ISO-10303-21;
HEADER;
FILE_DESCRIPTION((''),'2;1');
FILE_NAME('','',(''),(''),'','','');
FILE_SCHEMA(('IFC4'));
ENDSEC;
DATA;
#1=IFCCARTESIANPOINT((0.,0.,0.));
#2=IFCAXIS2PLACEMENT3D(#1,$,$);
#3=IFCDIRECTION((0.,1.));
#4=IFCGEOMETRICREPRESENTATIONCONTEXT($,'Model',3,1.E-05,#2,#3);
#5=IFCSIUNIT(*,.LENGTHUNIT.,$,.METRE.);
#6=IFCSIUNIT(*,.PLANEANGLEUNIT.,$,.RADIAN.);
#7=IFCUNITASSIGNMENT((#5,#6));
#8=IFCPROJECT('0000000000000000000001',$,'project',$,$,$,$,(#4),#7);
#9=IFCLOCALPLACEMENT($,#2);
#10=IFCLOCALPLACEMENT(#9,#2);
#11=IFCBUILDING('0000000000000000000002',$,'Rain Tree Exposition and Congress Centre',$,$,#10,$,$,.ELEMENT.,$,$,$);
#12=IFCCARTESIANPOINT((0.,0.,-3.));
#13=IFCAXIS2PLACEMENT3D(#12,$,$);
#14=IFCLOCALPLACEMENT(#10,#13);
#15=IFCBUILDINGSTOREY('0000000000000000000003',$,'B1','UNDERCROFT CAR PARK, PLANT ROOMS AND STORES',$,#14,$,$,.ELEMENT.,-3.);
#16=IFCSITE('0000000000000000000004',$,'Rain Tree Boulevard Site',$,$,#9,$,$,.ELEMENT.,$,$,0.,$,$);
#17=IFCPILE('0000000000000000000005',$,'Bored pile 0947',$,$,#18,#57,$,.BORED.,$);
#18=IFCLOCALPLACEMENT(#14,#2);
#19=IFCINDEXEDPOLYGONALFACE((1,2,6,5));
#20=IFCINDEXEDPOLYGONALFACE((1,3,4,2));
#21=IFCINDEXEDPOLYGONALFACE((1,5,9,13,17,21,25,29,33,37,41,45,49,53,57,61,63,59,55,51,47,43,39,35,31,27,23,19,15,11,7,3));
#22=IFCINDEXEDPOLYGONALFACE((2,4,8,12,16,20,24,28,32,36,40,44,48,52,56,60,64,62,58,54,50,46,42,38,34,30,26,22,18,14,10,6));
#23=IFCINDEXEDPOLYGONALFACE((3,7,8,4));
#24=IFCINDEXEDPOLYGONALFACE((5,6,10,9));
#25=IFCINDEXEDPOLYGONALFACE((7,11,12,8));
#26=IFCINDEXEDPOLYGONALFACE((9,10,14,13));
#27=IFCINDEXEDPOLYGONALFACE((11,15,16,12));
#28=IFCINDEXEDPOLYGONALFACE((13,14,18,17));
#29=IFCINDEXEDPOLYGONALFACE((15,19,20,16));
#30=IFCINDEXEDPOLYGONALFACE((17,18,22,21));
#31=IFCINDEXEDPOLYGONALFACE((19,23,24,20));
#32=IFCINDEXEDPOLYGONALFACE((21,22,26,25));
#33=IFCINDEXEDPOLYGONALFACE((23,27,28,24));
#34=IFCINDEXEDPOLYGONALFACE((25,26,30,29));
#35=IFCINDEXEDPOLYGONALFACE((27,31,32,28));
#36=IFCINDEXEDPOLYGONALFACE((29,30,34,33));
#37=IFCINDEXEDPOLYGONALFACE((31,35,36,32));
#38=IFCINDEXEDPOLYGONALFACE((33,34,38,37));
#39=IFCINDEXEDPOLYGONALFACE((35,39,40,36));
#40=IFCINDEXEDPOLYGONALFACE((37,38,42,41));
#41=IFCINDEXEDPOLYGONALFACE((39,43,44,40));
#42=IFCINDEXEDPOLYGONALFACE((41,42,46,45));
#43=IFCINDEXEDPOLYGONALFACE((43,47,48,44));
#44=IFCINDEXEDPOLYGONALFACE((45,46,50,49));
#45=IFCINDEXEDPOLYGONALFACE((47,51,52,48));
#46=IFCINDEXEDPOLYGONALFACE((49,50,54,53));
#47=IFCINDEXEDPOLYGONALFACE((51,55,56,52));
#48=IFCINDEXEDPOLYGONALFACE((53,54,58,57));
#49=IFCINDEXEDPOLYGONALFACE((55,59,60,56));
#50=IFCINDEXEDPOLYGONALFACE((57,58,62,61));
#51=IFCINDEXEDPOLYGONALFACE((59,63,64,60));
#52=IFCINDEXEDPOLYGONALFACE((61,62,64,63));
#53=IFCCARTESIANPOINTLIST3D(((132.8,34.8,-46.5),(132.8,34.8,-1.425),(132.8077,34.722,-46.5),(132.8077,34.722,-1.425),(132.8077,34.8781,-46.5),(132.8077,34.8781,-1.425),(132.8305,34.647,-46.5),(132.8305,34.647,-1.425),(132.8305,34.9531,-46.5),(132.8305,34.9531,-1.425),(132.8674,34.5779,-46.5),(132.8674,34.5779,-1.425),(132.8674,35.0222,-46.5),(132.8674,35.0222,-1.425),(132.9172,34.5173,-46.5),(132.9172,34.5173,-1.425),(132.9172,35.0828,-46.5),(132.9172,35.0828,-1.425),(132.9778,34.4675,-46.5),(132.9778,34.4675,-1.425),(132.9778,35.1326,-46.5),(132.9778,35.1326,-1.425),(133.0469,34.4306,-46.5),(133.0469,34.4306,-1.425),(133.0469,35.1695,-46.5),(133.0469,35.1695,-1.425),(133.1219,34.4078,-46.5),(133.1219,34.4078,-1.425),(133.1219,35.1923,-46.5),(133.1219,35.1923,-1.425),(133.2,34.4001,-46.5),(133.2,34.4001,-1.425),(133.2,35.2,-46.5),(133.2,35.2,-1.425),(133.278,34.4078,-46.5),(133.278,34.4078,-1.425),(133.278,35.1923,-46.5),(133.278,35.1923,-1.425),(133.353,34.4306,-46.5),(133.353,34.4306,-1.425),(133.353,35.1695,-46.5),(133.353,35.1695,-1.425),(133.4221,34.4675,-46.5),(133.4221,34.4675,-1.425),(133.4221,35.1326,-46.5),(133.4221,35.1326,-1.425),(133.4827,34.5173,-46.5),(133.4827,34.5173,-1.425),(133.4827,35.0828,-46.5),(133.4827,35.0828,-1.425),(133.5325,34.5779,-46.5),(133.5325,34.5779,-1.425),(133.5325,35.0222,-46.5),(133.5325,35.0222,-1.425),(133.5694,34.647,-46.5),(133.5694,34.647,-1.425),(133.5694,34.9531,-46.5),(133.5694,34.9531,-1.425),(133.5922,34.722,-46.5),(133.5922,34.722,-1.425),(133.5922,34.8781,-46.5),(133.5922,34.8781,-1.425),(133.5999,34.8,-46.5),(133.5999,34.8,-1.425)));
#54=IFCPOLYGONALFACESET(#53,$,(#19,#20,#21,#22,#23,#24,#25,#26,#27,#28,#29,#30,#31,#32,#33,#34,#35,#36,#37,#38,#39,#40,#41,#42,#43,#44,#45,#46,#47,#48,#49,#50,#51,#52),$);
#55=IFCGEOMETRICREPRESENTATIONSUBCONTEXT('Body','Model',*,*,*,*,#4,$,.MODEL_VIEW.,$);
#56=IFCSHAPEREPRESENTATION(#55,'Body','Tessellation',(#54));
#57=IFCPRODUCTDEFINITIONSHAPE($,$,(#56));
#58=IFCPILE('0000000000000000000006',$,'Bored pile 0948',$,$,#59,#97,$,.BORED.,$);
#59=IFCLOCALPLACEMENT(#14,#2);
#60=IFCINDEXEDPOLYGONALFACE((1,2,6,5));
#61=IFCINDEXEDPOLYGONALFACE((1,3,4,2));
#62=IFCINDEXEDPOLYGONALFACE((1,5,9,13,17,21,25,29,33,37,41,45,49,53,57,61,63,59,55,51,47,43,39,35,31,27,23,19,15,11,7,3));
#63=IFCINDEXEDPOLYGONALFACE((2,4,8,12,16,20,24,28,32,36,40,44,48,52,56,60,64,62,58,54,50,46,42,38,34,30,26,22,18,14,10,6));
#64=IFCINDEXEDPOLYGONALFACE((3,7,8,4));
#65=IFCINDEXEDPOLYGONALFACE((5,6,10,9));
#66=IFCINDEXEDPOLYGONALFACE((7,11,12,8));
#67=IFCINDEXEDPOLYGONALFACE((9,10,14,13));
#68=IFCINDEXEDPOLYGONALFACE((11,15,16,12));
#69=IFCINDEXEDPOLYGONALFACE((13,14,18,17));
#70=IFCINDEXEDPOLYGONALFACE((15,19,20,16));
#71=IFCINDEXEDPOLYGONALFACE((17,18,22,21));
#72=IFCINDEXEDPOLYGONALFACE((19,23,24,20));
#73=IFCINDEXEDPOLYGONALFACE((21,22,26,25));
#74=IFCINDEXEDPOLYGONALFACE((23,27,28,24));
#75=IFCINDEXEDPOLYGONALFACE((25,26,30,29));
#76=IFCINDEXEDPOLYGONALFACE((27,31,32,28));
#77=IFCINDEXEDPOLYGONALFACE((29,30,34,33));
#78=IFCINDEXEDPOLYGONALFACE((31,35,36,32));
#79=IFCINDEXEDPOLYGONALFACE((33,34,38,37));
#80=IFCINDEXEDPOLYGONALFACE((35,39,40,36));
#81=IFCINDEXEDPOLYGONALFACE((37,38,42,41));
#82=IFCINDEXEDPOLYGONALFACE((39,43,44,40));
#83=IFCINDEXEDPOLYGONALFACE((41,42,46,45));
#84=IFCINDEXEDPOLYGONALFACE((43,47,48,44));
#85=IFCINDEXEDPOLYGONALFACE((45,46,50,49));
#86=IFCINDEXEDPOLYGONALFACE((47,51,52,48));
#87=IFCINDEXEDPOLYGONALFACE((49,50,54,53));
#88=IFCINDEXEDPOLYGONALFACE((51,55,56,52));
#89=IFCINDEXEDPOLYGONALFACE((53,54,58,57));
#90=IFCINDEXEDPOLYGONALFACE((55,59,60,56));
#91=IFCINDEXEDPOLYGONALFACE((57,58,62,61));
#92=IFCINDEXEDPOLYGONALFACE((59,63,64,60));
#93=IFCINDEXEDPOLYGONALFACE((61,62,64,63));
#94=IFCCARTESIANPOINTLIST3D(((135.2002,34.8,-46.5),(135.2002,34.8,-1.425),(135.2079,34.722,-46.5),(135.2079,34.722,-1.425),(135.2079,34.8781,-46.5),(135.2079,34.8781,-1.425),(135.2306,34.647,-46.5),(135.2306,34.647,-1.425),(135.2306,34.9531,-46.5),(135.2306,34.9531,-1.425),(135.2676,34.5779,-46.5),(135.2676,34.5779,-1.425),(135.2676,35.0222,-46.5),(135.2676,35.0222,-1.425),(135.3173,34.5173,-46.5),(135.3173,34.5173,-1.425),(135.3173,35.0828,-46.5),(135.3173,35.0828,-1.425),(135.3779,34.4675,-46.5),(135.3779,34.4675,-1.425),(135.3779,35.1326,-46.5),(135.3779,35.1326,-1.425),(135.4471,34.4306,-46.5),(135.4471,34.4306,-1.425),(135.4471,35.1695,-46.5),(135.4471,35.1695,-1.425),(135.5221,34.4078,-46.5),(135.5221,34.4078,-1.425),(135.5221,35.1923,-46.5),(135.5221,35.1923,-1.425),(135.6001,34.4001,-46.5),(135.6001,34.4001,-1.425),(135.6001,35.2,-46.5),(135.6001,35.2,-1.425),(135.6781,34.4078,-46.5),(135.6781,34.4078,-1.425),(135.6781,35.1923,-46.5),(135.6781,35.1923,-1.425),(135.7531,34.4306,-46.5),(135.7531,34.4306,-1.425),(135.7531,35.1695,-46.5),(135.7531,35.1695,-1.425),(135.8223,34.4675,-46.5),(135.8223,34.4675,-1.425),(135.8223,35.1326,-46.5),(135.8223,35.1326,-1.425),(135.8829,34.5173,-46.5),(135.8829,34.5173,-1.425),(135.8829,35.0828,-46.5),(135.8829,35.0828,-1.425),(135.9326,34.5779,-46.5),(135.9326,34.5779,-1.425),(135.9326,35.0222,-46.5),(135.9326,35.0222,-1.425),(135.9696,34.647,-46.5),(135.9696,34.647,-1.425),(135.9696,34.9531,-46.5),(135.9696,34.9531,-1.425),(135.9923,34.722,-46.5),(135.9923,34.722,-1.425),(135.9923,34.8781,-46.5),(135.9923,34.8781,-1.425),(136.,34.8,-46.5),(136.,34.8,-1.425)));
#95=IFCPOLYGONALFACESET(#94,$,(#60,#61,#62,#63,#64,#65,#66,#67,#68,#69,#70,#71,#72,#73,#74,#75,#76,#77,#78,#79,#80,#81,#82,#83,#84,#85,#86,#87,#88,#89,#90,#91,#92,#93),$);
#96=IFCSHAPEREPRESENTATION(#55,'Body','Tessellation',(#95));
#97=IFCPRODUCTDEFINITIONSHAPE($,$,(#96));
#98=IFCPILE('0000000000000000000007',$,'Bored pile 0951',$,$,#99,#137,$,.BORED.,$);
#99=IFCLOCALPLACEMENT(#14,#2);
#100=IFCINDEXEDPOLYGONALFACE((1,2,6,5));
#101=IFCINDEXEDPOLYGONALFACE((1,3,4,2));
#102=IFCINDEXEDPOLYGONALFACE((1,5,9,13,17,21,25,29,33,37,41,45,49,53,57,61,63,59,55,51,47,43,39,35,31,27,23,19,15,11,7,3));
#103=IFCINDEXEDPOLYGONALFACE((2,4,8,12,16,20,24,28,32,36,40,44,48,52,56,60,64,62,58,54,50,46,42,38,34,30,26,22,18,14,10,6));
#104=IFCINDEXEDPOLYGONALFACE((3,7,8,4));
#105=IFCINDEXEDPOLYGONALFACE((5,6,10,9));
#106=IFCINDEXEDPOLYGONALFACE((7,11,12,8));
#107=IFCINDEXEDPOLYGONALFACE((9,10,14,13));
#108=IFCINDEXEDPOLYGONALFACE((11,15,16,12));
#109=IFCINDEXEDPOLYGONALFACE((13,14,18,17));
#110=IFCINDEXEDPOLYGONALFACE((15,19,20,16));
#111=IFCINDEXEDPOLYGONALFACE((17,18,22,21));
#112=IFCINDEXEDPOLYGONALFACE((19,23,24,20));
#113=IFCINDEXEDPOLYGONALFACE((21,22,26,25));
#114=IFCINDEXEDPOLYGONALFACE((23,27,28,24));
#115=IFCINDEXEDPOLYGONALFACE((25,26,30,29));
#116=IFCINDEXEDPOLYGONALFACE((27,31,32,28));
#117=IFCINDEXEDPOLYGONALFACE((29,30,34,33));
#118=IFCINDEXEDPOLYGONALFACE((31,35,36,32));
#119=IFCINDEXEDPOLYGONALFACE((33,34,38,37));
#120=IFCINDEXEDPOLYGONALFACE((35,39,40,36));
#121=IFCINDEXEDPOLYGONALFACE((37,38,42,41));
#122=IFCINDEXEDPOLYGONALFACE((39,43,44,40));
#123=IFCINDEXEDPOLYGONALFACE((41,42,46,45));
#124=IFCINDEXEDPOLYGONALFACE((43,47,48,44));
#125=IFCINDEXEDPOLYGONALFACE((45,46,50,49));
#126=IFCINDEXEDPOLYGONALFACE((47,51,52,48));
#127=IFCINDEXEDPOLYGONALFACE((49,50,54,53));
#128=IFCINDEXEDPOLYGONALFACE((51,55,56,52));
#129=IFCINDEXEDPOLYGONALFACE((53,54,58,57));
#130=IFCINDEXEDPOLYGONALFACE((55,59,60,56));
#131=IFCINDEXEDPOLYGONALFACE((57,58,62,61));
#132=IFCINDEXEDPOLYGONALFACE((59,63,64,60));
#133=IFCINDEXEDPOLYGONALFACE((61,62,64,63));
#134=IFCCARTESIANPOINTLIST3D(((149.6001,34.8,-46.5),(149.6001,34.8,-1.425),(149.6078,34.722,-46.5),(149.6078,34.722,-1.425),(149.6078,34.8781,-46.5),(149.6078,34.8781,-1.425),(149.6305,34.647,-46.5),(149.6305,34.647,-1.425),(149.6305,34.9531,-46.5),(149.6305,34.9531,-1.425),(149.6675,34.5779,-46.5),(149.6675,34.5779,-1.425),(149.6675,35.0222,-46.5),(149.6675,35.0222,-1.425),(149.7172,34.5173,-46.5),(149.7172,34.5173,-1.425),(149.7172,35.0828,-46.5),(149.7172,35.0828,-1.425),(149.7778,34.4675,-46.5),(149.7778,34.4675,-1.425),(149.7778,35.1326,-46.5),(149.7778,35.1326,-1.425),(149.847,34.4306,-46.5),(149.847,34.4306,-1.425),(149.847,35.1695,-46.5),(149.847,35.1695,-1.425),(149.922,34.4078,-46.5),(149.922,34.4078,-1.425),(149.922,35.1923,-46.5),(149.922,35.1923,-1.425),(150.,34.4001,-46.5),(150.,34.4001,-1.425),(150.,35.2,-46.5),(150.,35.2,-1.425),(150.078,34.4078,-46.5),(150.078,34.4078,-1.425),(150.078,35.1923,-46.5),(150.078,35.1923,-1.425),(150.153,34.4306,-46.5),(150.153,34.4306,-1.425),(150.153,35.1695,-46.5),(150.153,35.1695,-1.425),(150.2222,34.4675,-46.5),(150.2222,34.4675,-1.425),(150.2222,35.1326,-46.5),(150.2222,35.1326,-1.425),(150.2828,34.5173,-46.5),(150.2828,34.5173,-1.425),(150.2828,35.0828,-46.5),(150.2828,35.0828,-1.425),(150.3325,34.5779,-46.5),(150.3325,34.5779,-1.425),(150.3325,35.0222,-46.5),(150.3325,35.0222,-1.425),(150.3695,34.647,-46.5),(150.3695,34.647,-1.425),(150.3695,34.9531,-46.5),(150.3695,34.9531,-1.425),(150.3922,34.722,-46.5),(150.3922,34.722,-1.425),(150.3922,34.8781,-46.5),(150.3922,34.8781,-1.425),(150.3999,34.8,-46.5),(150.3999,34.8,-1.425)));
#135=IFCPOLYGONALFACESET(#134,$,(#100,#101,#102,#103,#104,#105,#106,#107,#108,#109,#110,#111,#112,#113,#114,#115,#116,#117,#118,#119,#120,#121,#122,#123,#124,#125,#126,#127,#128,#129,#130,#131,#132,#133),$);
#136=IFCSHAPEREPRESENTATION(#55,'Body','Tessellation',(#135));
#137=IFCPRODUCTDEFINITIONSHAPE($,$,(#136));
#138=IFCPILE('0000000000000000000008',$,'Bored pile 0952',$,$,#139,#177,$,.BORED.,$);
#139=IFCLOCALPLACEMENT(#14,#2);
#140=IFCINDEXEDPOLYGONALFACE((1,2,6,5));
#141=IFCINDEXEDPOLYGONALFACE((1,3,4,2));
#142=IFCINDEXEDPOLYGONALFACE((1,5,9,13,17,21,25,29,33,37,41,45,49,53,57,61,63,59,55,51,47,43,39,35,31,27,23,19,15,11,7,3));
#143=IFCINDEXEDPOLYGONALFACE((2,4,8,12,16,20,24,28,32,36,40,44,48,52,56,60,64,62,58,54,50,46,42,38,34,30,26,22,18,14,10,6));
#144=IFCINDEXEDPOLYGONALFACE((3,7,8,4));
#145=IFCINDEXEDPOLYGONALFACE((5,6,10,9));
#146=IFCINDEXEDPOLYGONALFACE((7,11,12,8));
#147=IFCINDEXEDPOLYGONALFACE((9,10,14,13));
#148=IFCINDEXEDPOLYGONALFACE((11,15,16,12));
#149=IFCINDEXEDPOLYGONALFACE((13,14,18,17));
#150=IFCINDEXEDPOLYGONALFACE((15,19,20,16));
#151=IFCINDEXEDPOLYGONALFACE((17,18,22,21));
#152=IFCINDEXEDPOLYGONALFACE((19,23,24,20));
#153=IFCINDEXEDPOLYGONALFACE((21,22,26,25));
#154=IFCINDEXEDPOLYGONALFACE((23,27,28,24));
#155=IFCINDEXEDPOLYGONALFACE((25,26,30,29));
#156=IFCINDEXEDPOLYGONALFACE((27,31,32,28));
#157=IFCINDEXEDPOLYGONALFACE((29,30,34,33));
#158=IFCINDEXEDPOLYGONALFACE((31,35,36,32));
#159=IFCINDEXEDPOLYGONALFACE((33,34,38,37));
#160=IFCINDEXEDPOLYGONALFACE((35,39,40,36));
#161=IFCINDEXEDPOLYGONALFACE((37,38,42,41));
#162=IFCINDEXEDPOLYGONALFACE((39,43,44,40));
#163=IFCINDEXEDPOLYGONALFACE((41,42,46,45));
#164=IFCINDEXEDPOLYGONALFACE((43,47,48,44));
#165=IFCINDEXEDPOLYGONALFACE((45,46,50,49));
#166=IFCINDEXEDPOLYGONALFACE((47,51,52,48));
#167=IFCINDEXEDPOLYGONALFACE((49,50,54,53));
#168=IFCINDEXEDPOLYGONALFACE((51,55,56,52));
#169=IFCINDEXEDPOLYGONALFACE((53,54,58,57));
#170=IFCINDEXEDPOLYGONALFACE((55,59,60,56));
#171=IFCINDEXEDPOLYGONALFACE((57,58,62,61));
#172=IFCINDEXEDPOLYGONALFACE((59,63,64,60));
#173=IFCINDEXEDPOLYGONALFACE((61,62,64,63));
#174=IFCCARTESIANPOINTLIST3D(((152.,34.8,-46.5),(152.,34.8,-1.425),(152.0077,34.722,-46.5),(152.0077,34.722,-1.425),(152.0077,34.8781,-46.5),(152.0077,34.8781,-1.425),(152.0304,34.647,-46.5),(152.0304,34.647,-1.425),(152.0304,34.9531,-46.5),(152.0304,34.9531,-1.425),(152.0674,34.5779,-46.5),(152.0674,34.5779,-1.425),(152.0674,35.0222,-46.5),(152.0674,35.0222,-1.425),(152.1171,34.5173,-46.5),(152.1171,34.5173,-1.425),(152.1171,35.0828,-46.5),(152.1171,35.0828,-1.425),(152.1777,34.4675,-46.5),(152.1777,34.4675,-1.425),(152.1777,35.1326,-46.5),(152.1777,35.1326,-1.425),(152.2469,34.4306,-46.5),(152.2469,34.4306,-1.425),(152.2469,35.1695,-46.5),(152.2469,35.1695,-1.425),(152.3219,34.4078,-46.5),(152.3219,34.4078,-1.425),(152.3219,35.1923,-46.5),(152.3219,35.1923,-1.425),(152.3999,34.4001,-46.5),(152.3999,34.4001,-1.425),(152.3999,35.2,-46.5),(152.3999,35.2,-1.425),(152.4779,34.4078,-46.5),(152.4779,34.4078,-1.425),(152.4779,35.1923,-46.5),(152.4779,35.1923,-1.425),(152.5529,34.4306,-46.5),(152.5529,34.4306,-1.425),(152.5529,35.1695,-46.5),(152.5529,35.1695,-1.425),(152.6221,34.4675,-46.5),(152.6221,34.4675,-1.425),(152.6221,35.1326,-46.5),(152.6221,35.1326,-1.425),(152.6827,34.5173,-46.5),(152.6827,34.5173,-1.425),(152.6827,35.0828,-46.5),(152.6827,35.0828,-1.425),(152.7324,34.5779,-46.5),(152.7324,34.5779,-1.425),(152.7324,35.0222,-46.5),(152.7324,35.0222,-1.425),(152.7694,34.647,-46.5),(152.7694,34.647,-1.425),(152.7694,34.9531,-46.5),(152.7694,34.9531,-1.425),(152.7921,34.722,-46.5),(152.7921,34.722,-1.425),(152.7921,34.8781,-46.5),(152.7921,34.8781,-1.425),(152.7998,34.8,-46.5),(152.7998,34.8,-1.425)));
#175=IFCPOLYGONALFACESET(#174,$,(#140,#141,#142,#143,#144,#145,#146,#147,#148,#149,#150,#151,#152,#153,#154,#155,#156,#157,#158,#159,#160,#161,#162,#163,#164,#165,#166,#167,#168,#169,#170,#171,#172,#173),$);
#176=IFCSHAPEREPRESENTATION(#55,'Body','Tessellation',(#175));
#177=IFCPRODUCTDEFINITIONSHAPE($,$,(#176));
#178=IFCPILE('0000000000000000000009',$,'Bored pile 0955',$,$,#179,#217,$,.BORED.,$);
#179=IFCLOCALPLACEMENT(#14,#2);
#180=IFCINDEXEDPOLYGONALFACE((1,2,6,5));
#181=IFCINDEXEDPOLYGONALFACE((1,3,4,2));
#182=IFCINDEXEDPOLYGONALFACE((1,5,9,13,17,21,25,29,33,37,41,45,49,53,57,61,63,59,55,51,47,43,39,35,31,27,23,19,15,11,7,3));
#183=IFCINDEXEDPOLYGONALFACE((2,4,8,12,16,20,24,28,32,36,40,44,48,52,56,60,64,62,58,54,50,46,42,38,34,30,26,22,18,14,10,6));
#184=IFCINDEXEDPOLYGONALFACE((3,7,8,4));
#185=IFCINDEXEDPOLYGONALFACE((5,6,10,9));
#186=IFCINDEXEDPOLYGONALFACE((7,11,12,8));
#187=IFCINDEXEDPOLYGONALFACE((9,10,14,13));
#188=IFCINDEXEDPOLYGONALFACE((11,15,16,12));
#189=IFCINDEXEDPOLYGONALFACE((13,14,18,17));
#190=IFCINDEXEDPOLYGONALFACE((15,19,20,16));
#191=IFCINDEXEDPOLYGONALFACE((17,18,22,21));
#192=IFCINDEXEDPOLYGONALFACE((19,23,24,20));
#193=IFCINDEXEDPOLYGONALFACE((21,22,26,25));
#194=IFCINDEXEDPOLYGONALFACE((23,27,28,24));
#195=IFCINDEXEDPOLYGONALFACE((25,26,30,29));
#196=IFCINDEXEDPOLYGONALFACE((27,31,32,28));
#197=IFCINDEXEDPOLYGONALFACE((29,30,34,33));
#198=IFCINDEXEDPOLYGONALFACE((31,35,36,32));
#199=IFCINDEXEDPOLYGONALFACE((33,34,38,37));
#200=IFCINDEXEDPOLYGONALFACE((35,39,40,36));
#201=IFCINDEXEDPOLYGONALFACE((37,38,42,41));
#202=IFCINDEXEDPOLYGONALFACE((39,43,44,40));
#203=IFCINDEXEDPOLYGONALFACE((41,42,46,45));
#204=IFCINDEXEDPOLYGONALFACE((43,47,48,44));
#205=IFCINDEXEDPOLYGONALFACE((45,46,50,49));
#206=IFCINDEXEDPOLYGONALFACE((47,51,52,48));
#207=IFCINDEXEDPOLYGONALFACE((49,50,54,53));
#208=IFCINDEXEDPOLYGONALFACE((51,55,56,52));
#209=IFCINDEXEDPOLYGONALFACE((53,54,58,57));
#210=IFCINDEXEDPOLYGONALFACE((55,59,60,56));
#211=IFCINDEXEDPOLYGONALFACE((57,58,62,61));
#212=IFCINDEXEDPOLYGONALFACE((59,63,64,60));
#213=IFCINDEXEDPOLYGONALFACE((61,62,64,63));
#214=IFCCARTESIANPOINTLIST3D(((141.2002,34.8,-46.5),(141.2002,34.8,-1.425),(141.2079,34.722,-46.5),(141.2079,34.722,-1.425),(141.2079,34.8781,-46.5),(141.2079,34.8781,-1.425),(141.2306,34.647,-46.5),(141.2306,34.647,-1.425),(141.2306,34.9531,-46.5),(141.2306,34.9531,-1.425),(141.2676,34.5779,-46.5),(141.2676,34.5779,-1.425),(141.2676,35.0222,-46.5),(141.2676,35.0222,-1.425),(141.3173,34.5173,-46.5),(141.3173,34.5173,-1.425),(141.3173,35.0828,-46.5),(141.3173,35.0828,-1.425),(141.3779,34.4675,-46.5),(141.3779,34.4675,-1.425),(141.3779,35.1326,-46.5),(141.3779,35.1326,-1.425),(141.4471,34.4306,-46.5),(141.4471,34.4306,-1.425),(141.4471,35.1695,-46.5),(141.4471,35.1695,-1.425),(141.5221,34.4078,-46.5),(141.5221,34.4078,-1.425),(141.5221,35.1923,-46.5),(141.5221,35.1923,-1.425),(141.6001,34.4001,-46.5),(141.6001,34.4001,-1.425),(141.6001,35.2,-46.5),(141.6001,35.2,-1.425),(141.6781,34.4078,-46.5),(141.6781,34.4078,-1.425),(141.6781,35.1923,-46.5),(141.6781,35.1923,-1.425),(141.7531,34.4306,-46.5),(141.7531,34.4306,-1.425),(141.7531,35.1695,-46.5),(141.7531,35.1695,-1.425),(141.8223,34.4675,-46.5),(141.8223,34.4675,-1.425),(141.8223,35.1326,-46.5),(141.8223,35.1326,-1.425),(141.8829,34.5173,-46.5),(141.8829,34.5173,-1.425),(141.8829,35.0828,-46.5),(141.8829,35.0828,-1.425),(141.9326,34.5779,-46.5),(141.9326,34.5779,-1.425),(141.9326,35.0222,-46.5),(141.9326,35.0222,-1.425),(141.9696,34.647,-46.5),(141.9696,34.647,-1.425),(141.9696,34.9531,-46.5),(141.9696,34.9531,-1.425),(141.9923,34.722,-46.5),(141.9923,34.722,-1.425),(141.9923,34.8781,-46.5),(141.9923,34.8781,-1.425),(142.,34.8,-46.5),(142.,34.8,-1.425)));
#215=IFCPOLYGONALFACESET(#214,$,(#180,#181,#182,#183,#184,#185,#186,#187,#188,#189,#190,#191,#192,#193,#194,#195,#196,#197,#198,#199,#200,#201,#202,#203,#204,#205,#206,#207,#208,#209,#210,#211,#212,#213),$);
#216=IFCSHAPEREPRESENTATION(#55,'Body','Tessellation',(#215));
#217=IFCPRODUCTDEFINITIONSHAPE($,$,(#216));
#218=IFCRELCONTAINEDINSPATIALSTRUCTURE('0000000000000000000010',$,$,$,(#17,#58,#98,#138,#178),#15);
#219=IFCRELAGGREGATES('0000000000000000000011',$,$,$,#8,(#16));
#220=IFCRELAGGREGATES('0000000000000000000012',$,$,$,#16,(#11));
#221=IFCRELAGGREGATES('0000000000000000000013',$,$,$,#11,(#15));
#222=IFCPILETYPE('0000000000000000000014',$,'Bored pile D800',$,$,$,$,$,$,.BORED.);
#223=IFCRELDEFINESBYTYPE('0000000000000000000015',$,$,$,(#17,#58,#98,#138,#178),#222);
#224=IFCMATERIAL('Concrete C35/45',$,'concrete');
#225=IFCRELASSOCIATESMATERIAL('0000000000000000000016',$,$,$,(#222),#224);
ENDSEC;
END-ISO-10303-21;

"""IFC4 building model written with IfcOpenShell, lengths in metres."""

from ifc_helpers import new_model, si_unit, direction, frame, origin, origin_2d, place, context, subcontext, project, spatial, circle, extrude, material, material_profile, profile_set, type_object, element, save


model = new_model("IFC4")

# Units and contexts
model_context = context("Model", 3, precision=1e-05, world=origin(), true_north=direction((0.0, 1.0)))
body_context = subcontext(model_context, "Body", "Model", "MODEL_VIEW")
ifc_project = project(units=[si_unit("LENGTHUNIT", "METRE"), si_unit("PLANEANGLEUNIT", "RADIAN")], contexts=[model_context])

# Site, building, storey
site_placement = place(None, origin())
site = spatial("IfcSite", under=ifc_project, at=site_placement, Name="Rain Tree Boulevard Site", CompositionType="ELEMENT", RefElevation=0.0)
building_placement = place(site_placement, origin())
building = spatial("IfcBuilding", under=site, at=building_placement, Name="Rain Tree Exposition and Congress Centre", CompositionType="ELEMENT")
storey_placement = place(building_placement, frame((0.0, 0.0, -3.0)))
storey = spatial("IfcBuildingStorey", under=building, at=storey_placement, Name="B1", Description="UNDERCROFT CAR PARK, PLANT ROOMS AND STORES", CompositionType="ELEMENT", Elevation=-3.0)

# Piles
ifc_material_1 = material(Name="Concrete C35/45", Category="concrete")
ifc_material_profile_1 = material_profile(ifc_material_1, circle(Radius=0.3999, at=origin_2d()), Name="D800")
ifc_profile_set_1 = profile_set([ifc_material_profile_1], Name="Concrete C35/45")
pile_type = type_object("IfcPileType", Name="Bored pile D800", PredefinedType="BORED", material=ifc_profile_set_1)
for number, where, z_axis, x_axis, name in (
    (1, (133.2, 34.8, -1.425), (0.0, 0.0, -1.0), (1.0, 0.0, 0.0), "Bored pile 0947"),
    (2, (135.6001, 34.8, -1.425), (0.0, 0.0, -1.0), (1.0, 0.0, 0.0), "Bored pile 0948"),
    (3, (150.0, 34.8, -1.425), (0.0, 0.0, -1.0), (1.0, 0.0, 0.0), "Bored pile 0951"),
    (4, (152.3999, 34.8, -1.425), (0.0, 0.0, -1.0), (1.0, 0.0, 0.0), "Bored pile 0952"),
    (5, (141.6001, 34.8, -1.425), (0.0, 0.0, -1.0), (1.0, 0.0, 0.0), "Bored pile 0955"),
):
    element("IfcPile", number, at=place(storey_placement, frame(where, z_axis=z_axis, x_axis=x_axis)), inside=storey, type_object=pile_type, Name=name, PredefinedType="BORED", context=body_context, shape_type="SweptSolid", body=[
        extrude(circle(Radius=0.3999, at=origin_2d()), origin(), (0.0, 0.0, 1.0), 45.075),
    ])

save(model, "model.ifc")
